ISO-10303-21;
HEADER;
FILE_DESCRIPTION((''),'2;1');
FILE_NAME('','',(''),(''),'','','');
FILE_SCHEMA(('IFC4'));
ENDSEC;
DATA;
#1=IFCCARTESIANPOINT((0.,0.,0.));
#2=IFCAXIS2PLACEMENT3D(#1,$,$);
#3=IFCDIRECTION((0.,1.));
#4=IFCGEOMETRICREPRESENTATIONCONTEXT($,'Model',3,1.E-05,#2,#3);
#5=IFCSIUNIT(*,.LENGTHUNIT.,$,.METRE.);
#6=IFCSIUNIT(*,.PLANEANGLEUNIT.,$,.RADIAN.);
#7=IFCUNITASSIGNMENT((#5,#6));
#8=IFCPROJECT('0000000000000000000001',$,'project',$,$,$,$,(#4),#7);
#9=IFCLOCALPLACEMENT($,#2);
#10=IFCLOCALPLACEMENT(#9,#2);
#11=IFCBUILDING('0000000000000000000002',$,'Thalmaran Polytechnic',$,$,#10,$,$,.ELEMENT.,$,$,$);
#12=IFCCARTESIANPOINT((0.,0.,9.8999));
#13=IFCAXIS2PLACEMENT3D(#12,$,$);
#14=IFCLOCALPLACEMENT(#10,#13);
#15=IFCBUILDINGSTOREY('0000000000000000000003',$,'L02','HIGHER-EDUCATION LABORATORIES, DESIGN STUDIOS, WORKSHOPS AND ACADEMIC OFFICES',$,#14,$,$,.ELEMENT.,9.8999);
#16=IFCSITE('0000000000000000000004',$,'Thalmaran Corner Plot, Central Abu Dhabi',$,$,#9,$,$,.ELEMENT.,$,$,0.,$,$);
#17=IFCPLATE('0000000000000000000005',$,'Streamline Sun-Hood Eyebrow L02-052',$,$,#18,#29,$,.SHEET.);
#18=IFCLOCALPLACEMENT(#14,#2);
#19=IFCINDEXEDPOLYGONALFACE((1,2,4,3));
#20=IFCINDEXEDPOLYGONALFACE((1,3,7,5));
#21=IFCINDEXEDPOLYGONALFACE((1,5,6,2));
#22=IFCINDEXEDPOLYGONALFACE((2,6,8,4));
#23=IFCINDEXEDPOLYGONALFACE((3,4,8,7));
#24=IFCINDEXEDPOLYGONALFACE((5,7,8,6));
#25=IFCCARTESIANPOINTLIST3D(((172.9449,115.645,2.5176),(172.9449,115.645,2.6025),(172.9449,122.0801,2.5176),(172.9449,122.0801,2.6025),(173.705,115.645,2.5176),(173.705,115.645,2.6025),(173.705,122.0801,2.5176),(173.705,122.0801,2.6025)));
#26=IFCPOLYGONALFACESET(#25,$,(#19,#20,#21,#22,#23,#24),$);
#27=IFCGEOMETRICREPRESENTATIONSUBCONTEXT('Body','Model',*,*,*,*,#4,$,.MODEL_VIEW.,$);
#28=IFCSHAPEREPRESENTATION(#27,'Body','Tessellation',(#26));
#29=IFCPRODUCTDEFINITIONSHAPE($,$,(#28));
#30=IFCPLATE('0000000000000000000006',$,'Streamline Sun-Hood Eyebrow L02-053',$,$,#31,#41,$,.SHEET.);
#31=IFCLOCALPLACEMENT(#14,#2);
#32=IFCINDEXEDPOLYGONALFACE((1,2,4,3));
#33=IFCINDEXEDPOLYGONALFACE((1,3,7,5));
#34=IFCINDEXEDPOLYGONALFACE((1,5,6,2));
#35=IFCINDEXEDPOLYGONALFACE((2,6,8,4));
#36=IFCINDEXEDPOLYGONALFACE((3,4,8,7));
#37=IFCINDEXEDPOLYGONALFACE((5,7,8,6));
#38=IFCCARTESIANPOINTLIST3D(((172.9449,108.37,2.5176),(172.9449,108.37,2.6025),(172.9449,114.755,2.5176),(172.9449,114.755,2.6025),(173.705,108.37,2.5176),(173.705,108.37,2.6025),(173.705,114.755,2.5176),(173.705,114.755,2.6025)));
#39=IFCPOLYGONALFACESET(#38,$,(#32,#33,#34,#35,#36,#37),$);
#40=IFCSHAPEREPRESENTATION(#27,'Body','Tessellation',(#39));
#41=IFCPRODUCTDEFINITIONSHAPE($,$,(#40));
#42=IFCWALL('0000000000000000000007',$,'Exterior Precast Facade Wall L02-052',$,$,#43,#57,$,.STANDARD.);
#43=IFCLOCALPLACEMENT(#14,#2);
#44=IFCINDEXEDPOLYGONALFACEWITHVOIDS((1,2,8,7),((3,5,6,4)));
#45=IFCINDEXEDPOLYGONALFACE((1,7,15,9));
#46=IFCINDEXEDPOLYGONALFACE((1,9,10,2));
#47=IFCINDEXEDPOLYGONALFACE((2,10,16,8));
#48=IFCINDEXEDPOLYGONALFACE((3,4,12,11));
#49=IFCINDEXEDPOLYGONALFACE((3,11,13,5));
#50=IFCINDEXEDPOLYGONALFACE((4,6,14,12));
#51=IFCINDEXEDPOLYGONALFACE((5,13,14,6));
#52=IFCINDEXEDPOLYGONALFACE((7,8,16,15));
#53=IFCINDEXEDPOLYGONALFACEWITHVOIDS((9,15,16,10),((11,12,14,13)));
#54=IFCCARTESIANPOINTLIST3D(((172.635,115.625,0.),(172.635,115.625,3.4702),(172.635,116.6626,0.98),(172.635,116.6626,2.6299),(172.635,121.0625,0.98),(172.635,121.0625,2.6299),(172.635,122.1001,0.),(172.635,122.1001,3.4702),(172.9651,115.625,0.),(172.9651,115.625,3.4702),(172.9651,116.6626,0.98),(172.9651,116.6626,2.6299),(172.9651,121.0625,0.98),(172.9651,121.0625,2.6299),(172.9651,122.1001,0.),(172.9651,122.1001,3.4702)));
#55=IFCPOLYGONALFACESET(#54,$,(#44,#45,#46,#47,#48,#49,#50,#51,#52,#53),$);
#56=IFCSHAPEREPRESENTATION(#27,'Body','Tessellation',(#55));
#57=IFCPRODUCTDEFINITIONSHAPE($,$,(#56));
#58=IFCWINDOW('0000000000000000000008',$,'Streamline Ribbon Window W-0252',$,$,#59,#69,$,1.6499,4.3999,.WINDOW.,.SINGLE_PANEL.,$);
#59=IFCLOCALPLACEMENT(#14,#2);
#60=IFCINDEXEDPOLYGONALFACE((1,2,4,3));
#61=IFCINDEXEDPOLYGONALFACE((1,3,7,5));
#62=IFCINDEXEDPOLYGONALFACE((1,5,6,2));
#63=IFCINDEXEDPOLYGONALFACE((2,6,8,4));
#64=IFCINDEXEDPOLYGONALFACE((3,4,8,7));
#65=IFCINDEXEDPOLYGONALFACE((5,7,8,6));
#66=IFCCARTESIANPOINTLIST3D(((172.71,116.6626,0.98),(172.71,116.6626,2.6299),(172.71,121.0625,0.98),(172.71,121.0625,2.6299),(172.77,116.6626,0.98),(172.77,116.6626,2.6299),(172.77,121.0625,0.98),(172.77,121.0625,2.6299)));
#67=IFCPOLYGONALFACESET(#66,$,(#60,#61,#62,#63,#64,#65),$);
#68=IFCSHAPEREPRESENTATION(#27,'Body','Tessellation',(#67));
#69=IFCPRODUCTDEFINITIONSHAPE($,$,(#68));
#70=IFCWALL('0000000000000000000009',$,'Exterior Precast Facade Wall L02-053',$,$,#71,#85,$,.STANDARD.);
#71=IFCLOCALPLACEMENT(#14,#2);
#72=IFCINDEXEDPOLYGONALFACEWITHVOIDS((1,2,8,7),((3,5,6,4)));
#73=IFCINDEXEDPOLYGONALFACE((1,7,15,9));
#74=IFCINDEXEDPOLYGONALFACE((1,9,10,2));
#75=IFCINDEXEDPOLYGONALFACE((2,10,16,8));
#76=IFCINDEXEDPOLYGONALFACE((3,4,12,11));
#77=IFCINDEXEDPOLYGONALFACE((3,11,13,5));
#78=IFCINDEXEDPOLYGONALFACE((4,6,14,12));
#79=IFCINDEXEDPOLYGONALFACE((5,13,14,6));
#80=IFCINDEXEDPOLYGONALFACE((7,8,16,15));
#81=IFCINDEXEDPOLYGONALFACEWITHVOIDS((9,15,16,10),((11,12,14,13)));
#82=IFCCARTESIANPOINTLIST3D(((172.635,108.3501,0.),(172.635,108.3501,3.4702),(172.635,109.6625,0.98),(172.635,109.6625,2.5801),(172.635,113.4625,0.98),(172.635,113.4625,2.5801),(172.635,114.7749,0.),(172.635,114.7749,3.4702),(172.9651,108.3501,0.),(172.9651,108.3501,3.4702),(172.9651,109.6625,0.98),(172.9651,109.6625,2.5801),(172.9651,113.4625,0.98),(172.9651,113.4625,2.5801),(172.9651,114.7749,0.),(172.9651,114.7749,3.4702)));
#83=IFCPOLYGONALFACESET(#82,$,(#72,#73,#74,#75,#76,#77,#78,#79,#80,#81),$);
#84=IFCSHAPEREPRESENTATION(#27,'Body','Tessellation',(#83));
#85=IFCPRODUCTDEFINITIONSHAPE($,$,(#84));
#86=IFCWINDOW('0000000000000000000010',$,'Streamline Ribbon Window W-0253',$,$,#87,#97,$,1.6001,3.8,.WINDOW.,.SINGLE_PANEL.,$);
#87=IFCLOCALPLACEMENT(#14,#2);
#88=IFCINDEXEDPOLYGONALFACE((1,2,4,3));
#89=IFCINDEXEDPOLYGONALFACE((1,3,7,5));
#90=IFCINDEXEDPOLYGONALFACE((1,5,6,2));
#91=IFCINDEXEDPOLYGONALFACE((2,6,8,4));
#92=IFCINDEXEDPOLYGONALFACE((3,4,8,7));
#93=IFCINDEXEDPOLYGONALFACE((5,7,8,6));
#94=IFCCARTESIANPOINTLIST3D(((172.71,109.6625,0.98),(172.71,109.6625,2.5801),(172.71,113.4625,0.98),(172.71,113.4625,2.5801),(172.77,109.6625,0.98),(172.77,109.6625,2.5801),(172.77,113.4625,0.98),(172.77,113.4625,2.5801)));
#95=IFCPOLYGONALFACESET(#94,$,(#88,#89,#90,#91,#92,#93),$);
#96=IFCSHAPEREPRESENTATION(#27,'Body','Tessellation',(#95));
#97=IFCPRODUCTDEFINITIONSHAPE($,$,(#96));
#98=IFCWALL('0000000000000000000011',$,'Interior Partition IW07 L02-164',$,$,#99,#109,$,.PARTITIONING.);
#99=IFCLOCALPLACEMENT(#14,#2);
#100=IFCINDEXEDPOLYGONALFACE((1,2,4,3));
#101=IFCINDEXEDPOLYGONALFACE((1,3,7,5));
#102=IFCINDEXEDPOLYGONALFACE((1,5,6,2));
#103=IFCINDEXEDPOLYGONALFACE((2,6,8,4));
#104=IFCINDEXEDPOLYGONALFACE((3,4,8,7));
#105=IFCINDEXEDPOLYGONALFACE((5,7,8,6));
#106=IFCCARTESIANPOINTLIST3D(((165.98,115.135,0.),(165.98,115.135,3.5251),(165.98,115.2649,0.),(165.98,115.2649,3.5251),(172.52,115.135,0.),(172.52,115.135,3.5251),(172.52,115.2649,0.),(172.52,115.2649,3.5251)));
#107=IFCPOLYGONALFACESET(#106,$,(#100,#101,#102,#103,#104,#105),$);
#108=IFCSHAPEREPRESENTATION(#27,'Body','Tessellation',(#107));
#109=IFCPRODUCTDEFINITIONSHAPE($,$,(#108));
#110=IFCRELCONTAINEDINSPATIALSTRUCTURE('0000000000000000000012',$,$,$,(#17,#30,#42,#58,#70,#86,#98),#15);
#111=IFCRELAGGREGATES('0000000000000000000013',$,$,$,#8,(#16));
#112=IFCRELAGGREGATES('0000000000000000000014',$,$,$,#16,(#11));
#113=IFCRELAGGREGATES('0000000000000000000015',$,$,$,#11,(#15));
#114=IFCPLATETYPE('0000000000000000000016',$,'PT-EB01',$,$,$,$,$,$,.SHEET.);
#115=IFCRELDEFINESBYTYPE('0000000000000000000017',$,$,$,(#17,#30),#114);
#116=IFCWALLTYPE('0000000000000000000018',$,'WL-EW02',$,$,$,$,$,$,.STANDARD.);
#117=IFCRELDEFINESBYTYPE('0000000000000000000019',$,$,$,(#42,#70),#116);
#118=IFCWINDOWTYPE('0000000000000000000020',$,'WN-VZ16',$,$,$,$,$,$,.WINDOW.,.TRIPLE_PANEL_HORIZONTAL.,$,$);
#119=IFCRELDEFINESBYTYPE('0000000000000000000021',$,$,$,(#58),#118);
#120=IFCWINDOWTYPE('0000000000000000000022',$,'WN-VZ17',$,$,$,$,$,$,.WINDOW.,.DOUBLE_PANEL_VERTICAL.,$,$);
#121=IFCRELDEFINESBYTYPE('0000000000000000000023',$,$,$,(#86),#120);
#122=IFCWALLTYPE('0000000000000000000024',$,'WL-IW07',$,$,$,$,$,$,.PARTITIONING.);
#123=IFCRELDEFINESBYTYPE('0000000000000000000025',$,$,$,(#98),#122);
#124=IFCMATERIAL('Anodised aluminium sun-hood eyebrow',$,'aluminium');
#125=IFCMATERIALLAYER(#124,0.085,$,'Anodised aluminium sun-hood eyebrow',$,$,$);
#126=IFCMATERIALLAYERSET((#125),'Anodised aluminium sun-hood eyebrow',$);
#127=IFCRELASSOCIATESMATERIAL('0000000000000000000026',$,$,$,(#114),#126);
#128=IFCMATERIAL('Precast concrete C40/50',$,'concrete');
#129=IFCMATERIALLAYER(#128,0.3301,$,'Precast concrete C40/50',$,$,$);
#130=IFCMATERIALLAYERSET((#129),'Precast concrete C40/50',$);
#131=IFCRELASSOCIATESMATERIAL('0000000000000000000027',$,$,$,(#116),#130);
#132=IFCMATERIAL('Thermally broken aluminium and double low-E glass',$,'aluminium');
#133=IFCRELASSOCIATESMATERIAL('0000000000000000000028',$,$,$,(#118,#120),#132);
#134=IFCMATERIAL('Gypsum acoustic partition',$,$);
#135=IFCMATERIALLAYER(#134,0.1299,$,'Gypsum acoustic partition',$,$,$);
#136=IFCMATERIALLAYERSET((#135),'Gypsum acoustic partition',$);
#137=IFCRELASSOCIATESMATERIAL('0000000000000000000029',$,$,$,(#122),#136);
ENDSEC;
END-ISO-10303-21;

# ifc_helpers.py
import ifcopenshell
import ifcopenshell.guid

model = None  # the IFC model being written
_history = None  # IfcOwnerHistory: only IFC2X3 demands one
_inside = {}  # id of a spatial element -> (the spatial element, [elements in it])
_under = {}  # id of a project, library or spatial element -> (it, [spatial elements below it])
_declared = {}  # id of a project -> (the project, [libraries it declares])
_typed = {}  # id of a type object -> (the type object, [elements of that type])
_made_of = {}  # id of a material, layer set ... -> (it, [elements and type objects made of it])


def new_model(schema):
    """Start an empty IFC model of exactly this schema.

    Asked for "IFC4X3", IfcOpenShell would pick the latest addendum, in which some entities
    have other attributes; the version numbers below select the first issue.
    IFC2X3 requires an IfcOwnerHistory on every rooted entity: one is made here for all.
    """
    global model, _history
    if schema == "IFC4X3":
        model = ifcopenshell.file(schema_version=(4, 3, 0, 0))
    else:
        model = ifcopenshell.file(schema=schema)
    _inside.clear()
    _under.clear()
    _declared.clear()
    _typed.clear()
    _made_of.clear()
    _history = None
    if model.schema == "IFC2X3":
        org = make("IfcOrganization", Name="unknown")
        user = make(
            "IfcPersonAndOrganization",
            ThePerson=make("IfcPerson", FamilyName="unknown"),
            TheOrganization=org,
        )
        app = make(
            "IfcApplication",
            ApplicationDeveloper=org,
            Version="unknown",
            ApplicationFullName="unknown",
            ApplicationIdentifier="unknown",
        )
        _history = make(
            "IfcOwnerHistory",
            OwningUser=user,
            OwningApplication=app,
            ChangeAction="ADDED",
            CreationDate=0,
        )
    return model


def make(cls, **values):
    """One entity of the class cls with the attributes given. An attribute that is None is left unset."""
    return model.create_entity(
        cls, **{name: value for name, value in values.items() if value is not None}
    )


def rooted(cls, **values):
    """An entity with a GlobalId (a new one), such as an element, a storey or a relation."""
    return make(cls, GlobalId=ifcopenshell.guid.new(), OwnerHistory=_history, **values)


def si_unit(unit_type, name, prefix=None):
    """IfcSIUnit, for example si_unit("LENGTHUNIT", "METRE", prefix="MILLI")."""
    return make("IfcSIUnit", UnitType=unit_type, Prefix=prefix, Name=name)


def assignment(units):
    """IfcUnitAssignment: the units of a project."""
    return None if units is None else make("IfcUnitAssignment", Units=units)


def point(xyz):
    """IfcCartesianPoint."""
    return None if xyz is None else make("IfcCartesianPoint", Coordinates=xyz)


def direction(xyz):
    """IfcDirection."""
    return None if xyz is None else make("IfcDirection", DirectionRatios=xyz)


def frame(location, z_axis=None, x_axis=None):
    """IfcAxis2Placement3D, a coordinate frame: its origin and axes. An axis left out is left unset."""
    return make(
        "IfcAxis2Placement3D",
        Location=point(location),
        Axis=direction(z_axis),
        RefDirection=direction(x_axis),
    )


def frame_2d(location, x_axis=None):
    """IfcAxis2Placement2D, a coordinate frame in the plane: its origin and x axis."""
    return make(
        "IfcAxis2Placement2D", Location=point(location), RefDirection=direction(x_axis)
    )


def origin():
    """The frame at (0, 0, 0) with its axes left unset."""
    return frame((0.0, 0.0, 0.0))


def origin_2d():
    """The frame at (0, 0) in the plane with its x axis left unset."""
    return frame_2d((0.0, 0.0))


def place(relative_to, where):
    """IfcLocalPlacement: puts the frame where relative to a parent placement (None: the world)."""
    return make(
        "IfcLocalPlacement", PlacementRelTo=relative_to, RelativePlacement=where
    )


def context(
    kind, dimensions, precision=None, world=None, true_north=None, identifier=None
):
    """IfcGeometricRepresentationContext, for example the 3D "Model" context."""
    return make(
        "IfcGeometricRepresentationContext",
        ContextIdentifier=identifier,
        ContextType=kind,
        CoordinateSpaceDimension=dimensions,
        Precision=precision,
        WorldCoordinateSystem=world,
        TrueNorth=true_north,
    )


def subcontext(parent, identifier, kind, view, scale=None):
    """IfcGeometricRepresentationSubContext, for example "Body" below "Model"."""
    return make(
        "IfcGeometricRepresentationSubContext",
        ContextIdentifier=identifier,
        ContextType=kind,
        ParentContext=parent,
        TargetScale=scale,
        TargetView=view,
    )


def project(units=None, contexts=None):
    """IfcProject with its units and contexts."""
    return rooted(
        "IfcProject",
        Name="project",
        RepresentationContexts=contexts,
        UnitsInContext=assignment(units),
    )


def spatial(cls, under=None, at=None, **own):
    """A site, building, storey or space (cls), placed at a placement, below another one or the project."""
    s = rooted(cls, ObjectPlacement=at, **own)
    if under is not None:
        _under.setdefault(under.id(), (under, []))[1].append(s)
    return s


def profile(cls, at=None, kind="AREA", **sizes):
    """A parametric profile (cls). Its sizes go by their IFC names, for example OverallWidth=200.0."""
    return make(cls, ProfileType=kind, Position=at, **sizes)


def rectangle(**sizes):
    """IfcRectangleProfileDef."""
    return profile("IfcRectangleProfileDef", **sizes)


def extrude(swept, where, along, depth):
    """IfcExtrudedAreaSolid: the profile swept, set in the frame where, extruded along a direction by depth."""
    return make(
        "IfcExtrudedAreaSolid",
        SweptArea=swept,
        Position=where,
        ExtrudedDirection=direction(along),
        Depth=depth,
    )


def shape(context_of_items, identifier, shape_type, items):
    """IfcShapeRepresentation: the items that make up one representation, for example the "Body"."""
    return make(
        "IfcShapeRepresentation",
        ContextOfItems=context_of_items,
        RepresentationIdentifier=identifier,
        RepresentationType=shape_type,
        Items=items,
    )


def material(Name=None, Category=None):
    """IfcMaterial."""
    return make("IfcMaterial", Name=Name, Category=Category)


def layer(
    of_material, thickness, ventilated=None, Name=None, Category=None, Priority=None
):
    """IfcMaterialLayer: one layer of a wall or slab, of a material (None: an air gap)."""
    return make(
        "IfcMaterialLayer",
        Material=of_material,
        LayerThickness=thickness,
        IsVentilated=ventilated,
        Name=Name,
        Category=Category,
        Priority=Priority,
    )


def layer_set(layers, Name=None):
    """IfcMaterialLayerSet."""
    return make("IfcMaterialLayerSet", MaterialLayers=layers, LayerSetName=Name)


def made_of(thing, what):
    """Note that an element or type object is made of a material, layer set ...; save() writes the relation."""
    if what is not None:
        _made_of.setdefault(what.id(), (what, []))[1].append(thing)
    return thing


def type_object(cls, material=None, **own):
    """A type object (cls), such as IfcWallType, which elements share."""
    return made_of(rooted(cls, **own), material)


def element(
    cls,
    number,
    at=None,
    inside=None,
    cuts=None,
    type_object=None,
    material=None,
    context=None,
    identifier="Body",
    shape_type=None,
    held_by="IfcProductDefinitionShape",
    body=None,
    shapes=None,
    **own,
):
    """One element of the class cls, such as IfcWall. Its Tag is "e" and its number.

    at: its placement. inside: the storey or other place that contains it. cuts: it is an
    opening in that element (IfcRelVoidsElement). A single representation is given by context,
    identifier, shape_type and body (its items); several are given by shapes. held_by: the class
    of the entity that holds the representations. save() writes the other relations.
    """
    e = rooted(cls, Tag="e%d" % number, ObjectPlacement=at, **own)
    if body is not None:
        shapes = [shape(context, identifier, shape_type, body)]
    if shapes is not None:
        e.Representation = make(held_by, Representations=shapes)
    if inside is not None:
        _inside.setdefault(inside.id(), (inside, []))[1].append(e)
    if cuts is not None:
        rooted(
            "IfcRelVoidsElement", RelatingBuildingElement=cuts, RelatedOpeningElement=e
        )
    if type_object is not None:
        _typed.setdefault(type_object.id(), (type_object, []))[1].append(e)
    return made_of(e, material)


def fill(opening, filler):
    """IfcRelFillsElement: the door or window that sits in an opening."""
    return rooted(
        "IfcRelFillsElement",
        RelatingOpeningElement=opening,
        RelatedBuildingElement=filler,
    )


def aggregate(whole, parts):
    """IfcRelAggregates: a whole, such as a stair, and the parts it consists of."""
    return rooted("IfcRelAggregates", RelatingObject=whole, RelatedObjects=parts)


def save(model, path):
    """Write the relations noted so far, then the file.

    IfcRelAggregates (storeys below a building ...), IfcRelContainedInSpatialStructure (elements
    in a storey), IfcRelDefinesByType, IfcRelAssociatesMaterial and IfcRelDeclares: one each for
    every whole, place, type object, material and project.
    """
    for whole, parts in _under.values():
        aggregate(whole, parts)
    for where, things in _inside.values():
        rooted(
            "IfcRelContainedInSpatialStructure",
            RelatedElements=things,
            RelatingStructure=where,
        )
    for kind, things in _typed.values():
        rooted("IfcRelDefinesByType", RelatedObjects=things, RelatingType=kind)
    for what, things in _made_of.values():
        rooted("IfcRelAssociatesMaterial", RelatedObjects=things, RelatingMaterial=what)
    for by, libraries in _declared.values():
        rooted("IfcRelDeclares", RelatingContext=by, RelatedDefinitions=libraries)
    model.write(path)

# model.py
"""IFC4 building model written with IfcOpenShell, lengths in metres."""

from ifc_helpers import new_model, si_unit, direction, frame, frame_2d, origin, origin_2d, place, context, subcontext, project, spatial, rectangle, extrude, material, layer, layer_set, type_object, element, fill, save


model = new_model("IFC4")

# Units and contexts
model_context = context("Model", 3, precision=1e-05, world=origin(), true_north=direction((0.0, 1.0)))
body_context = subcontext(model_context, "Body", "Model", "MODEL_VIEW")
ifc_project = project(units=[si_unit("LENGTHUNIT", "METRE"), si_unit("PLANEANGLEUNIT", "RADIAN")], contexts=[model_context])

# Site, building, storey
site_placement = place(None, origin())
site = spatial("IfcSite", under=ifc_project, at=site_placement, Name="Thalmaran Corner Plot, Central Abu Dhabi", CompositionType="ELEMENT", RefElevation=0.0)
building_placement = place(site_placement, origin())
building = spatial("IfcBuilding", under=site, at=building_placement, Name="Thalmaran Polytechnic", CompositionType="ELEMENT")
storey_placement = place(building_placement, frame((0.0, 0.0, 9.8999)))
storey = spatial("IfcBuildingStorey", under=building, at=storey_placement, Name="L02", Description="HIGHER-EDUCATION LABORATORIES, DESIGN STUDIOS, WORKSHOPS AND ACADEMIC OFFICES", CompositionType="ELEMENT", Elevation=9.8999)

# Plates
ifc_material_1 = material(Name="Anodised aluminium sun-hood eyebrow", Category="aluminium")
ifc_layer_1 = layer(ifc_material_1, 0.085, Name="Anodised aluminium sun-hood eyebrow")
ifc_layer_set_1 = layer_set([ifc_layer_1], Name="Anodised aluminium sun-hood eyebrow")
plate_type_1 = type_object("IfcPlateType", Name="PT-EB01", PredefinedType="SHEET", material=ifc_layer_set_1)
plate_1_placement = place(storey_placement, frame((173.325, 118.8625, 2.5176), z_axis=(0.0, 0.0, 1.0), x_axis=(0.0, -1.0, 0.0)))
element("IfcPlate", 1, at=plate_1_placement, inside=storey, type_object=plate_type_1, Name="Streamline Sun-Hood Eyebrow L02-052", PredefinedType="SHEET", context=body_context, shape_type="SweptSolid", body=[
    extrude(rectangle(XDim=6.4351, YDim=0.76, at=origin_2d()), origin(), (0.0, 0.0, 1.0), 0.085),
])
plate_2_placement = place(storey_placement, frame((173.325, 111.5625, 2.5176), z_axis=(0.0, 0.0, 1.0), x_axis=(0.0, -1.0, 0.0)))
element("IfcPlate", 2, at=plate_2_placement, inside=storey, type_object=plate_type_1, Name="Streamline Sun-Hood Eyebrow L02-053", PredefinedType="SHEET", context=body_context, shape_type="SweptSolid", body=[
    extrude(rectangle(XDim=6.385, YDim=0.76, at=origin_2d()), origin(), (0.0, 0.0, 1.0), 0.085),
])

# Walls, openings, windows
ifc_material_2 = material(Name="Precast concrete C40/50", Category="concrete")
ifc_layer_2 = layer(ifc_material_2, 0.3301, Name="Precast concrete C40/50")
ifc_layer_set_2 = layer_set([ifc_layer_2], Name="Precast concrete C40/50")
wall_type_1 = type_object("IfcWallType", Name="WL-EW02", PredefinedType="STANDARD", material=ifc_layer_set_2)
wall_1_placement = place(storey_placement, frame((172.8, 122.1001, 0.0), z_axis=(0.0, 0.0, 1.0), x_axis=(0.0, -1.0, 0.0)))
wall_1 = element("IfcWall", 3, at=wall_1_placement, inside=storey, type_object=wall_type_1, Name="Exterior Precast Facade Wall L02-052", PredefinedType="STANDARD", context=body_context, shape_type="SweptSolid", body=[
    extrude(rectangle(XDim=6.4751, YDim=0.3301, at=frame_2d((3.2375, 0.0))), origin(), (0.0, 0.0, 1.0), 3.4702),
])
opening_1_placement = place(wall_1_placement, frame((1.0376, 0.0, 0.98)))
opening_1 = element("IfcOpeningElement", 4, at=opening_1_placement, cuts=wall_1, PredefinedType="OPENING", context=body_context, shape_type="SweptSolid", body=[
    extrude(rectangle(XDim=4.3999, YDim=1.6499, at=frame_2d((2.2, 0.825))), frame((0.0, 0.175, 0.0), z_axis=(0.0, -1.0, 0.0), x_axis=(1.0, 0.0, 0.0)), (0.0, 0.0, 1.0), 0.3501),
])
ifc_material_3 = material(Name="Thermally broken aluminium and double low-E glass", Category="aluminium")
window_type_1 = type_object("IfcWindowType", Name="WN-VZ16", PartitioningType="TRIPLE_PANEL_HORIZONTAL", PredefinedType="WINDOW", material=ifc_material_3)
window_1_placement = place(opening_1_placement, origin())
window_1 = element("IfcWindow", 5, at=window_1_placement, inside=storey, type_object=window_type_1, Name="Streamline Ribbon Window W-0252", OverallHeight=1.6499, OverallWidth=4.3999, PartitioningType="SINGLE_PANEL", PredefinedType="WINDOW", context=body_context, shape_type="SweptSolid", body=[
    extrude(rectangle(XDim=4.3999, YDim=1.6499, at=frame_2d((2.2, 0.825))), frame((0.0, -0.03, 0.0), z_axis=(0.0, -1.0, 0.0), x_axis=(1.0, 0.0, 0.0)), (0.0, 0.0, 1.0), 0.0601),
])
fill(opening_1, window_1)
wall_2_placement = place(storey_placement, frame((172.8, 114.7749, 0.0), z_axis=(0.0, 0.0, 1.0), x_axis=(0.0, -1.0, 0.0)))
wall_2 = element("IfcWall", 6, at=wall_2_placement, inside=storey, type_object=wall_type_1, Name="Exterior Precast Facade Wall L02-053", PredefinedType="STANDARD", context=body_context, shape_type="SweptSolid", body=[
    extrude(rectangle(XDim=6.4248, YDim=0.3301, at=frame_2d((3.2124, 0.0))), origin(), (0.0, 0.0, 1.0), 3.4702),
])
opening_2_placement = place(wall_2_placement, frame((1.3125, 0.0, 0.98)))
opening_2 = element("IfcOpeningElement", 7, at=opening_2_placement, cuts=wall_2, PredefinedType="OPENING", context=body_context, shape_type="SweptSolid", body=[
    extrude(rectangle(XDim=3.8, YDim=1.6001, at=frame_2d((1.8999, 0.8))), frame((0.0, 0.175, 0.0), z_axis=(0.0, -1.0, 0.0), x_axis=(1.0, 0.0, 0.0)), (0.0, 0.0, 1.0), 0.3501),
])
window_type_2 = type_object("IfcWindowType", Name="WN-VZ17", PartitioningType="DOUBLE_PANEL_VERTICAL", PredefinedType="WINDOW", material=ifc_material_3)
window_2_placement = place(opening_2_placement, origin())
window_2 = element("IfcWindow", 8, at=window_2_placement, inside=storey, type_object=window_type_2, Name="Streamline Ribbon Window W-0253", OverallHeight=1.6001, OverallWidth=3.8, PartitioningType="SINGLE_PANEL", PredefinedType="WINDOW", context=body_context, shape_type="SweptSolid", body=[
    extrude(rectangle(XDim=3.8, YDim=1.6001, at=frame_2d((1.8999, 0.8))), frame((0.0, -0.03, 0.0), z_axis=(0.0, -1.0, 0.0), x_axis=(1.0, 0.0, 0.0)), (0.0, 0.0, 1.0), 0.0601),
])
fill(opening_2, window_2)

# Wall
ifc_material_4 = material(Name="Gypsum acoustic partition")
ifc_layer_3 = layer(ifc_material_4, 0.1299, Name="Gypsum acoustic partition")
ifc_layer_set_3 = layer_set([ifc_layer_3], Name="Gypsum acoustic partition")
wall_type_2 = type_object("IfcWallType", Name="WL-IW07", PredefinedType="PARTITIONING", material=ifc_layer_set_3)
wall_3_placement = place(storey_placement, frame((165.98, 115.2, 0.0), z_axis=(0.0, 0.0, 1.0), x_axis=(1.0, 0.0, 0.0)))
element("IfcWall", 9, at=wall_3_placement, inside=storey, type_object=wall_type_2, Name="Interior Partition IW07 L02-164", PredefinedType="PARTITIONING", context=body_context, shape_type="SweptSolid", body=[
    extrude(rectangle(XDim=6.54, YDim=0.1299, at=frame_2d((3.27, 0.0))), origin(), (0.0, 0.0, 1.0), 3.5251),
])

save(model, "model.ifc")
